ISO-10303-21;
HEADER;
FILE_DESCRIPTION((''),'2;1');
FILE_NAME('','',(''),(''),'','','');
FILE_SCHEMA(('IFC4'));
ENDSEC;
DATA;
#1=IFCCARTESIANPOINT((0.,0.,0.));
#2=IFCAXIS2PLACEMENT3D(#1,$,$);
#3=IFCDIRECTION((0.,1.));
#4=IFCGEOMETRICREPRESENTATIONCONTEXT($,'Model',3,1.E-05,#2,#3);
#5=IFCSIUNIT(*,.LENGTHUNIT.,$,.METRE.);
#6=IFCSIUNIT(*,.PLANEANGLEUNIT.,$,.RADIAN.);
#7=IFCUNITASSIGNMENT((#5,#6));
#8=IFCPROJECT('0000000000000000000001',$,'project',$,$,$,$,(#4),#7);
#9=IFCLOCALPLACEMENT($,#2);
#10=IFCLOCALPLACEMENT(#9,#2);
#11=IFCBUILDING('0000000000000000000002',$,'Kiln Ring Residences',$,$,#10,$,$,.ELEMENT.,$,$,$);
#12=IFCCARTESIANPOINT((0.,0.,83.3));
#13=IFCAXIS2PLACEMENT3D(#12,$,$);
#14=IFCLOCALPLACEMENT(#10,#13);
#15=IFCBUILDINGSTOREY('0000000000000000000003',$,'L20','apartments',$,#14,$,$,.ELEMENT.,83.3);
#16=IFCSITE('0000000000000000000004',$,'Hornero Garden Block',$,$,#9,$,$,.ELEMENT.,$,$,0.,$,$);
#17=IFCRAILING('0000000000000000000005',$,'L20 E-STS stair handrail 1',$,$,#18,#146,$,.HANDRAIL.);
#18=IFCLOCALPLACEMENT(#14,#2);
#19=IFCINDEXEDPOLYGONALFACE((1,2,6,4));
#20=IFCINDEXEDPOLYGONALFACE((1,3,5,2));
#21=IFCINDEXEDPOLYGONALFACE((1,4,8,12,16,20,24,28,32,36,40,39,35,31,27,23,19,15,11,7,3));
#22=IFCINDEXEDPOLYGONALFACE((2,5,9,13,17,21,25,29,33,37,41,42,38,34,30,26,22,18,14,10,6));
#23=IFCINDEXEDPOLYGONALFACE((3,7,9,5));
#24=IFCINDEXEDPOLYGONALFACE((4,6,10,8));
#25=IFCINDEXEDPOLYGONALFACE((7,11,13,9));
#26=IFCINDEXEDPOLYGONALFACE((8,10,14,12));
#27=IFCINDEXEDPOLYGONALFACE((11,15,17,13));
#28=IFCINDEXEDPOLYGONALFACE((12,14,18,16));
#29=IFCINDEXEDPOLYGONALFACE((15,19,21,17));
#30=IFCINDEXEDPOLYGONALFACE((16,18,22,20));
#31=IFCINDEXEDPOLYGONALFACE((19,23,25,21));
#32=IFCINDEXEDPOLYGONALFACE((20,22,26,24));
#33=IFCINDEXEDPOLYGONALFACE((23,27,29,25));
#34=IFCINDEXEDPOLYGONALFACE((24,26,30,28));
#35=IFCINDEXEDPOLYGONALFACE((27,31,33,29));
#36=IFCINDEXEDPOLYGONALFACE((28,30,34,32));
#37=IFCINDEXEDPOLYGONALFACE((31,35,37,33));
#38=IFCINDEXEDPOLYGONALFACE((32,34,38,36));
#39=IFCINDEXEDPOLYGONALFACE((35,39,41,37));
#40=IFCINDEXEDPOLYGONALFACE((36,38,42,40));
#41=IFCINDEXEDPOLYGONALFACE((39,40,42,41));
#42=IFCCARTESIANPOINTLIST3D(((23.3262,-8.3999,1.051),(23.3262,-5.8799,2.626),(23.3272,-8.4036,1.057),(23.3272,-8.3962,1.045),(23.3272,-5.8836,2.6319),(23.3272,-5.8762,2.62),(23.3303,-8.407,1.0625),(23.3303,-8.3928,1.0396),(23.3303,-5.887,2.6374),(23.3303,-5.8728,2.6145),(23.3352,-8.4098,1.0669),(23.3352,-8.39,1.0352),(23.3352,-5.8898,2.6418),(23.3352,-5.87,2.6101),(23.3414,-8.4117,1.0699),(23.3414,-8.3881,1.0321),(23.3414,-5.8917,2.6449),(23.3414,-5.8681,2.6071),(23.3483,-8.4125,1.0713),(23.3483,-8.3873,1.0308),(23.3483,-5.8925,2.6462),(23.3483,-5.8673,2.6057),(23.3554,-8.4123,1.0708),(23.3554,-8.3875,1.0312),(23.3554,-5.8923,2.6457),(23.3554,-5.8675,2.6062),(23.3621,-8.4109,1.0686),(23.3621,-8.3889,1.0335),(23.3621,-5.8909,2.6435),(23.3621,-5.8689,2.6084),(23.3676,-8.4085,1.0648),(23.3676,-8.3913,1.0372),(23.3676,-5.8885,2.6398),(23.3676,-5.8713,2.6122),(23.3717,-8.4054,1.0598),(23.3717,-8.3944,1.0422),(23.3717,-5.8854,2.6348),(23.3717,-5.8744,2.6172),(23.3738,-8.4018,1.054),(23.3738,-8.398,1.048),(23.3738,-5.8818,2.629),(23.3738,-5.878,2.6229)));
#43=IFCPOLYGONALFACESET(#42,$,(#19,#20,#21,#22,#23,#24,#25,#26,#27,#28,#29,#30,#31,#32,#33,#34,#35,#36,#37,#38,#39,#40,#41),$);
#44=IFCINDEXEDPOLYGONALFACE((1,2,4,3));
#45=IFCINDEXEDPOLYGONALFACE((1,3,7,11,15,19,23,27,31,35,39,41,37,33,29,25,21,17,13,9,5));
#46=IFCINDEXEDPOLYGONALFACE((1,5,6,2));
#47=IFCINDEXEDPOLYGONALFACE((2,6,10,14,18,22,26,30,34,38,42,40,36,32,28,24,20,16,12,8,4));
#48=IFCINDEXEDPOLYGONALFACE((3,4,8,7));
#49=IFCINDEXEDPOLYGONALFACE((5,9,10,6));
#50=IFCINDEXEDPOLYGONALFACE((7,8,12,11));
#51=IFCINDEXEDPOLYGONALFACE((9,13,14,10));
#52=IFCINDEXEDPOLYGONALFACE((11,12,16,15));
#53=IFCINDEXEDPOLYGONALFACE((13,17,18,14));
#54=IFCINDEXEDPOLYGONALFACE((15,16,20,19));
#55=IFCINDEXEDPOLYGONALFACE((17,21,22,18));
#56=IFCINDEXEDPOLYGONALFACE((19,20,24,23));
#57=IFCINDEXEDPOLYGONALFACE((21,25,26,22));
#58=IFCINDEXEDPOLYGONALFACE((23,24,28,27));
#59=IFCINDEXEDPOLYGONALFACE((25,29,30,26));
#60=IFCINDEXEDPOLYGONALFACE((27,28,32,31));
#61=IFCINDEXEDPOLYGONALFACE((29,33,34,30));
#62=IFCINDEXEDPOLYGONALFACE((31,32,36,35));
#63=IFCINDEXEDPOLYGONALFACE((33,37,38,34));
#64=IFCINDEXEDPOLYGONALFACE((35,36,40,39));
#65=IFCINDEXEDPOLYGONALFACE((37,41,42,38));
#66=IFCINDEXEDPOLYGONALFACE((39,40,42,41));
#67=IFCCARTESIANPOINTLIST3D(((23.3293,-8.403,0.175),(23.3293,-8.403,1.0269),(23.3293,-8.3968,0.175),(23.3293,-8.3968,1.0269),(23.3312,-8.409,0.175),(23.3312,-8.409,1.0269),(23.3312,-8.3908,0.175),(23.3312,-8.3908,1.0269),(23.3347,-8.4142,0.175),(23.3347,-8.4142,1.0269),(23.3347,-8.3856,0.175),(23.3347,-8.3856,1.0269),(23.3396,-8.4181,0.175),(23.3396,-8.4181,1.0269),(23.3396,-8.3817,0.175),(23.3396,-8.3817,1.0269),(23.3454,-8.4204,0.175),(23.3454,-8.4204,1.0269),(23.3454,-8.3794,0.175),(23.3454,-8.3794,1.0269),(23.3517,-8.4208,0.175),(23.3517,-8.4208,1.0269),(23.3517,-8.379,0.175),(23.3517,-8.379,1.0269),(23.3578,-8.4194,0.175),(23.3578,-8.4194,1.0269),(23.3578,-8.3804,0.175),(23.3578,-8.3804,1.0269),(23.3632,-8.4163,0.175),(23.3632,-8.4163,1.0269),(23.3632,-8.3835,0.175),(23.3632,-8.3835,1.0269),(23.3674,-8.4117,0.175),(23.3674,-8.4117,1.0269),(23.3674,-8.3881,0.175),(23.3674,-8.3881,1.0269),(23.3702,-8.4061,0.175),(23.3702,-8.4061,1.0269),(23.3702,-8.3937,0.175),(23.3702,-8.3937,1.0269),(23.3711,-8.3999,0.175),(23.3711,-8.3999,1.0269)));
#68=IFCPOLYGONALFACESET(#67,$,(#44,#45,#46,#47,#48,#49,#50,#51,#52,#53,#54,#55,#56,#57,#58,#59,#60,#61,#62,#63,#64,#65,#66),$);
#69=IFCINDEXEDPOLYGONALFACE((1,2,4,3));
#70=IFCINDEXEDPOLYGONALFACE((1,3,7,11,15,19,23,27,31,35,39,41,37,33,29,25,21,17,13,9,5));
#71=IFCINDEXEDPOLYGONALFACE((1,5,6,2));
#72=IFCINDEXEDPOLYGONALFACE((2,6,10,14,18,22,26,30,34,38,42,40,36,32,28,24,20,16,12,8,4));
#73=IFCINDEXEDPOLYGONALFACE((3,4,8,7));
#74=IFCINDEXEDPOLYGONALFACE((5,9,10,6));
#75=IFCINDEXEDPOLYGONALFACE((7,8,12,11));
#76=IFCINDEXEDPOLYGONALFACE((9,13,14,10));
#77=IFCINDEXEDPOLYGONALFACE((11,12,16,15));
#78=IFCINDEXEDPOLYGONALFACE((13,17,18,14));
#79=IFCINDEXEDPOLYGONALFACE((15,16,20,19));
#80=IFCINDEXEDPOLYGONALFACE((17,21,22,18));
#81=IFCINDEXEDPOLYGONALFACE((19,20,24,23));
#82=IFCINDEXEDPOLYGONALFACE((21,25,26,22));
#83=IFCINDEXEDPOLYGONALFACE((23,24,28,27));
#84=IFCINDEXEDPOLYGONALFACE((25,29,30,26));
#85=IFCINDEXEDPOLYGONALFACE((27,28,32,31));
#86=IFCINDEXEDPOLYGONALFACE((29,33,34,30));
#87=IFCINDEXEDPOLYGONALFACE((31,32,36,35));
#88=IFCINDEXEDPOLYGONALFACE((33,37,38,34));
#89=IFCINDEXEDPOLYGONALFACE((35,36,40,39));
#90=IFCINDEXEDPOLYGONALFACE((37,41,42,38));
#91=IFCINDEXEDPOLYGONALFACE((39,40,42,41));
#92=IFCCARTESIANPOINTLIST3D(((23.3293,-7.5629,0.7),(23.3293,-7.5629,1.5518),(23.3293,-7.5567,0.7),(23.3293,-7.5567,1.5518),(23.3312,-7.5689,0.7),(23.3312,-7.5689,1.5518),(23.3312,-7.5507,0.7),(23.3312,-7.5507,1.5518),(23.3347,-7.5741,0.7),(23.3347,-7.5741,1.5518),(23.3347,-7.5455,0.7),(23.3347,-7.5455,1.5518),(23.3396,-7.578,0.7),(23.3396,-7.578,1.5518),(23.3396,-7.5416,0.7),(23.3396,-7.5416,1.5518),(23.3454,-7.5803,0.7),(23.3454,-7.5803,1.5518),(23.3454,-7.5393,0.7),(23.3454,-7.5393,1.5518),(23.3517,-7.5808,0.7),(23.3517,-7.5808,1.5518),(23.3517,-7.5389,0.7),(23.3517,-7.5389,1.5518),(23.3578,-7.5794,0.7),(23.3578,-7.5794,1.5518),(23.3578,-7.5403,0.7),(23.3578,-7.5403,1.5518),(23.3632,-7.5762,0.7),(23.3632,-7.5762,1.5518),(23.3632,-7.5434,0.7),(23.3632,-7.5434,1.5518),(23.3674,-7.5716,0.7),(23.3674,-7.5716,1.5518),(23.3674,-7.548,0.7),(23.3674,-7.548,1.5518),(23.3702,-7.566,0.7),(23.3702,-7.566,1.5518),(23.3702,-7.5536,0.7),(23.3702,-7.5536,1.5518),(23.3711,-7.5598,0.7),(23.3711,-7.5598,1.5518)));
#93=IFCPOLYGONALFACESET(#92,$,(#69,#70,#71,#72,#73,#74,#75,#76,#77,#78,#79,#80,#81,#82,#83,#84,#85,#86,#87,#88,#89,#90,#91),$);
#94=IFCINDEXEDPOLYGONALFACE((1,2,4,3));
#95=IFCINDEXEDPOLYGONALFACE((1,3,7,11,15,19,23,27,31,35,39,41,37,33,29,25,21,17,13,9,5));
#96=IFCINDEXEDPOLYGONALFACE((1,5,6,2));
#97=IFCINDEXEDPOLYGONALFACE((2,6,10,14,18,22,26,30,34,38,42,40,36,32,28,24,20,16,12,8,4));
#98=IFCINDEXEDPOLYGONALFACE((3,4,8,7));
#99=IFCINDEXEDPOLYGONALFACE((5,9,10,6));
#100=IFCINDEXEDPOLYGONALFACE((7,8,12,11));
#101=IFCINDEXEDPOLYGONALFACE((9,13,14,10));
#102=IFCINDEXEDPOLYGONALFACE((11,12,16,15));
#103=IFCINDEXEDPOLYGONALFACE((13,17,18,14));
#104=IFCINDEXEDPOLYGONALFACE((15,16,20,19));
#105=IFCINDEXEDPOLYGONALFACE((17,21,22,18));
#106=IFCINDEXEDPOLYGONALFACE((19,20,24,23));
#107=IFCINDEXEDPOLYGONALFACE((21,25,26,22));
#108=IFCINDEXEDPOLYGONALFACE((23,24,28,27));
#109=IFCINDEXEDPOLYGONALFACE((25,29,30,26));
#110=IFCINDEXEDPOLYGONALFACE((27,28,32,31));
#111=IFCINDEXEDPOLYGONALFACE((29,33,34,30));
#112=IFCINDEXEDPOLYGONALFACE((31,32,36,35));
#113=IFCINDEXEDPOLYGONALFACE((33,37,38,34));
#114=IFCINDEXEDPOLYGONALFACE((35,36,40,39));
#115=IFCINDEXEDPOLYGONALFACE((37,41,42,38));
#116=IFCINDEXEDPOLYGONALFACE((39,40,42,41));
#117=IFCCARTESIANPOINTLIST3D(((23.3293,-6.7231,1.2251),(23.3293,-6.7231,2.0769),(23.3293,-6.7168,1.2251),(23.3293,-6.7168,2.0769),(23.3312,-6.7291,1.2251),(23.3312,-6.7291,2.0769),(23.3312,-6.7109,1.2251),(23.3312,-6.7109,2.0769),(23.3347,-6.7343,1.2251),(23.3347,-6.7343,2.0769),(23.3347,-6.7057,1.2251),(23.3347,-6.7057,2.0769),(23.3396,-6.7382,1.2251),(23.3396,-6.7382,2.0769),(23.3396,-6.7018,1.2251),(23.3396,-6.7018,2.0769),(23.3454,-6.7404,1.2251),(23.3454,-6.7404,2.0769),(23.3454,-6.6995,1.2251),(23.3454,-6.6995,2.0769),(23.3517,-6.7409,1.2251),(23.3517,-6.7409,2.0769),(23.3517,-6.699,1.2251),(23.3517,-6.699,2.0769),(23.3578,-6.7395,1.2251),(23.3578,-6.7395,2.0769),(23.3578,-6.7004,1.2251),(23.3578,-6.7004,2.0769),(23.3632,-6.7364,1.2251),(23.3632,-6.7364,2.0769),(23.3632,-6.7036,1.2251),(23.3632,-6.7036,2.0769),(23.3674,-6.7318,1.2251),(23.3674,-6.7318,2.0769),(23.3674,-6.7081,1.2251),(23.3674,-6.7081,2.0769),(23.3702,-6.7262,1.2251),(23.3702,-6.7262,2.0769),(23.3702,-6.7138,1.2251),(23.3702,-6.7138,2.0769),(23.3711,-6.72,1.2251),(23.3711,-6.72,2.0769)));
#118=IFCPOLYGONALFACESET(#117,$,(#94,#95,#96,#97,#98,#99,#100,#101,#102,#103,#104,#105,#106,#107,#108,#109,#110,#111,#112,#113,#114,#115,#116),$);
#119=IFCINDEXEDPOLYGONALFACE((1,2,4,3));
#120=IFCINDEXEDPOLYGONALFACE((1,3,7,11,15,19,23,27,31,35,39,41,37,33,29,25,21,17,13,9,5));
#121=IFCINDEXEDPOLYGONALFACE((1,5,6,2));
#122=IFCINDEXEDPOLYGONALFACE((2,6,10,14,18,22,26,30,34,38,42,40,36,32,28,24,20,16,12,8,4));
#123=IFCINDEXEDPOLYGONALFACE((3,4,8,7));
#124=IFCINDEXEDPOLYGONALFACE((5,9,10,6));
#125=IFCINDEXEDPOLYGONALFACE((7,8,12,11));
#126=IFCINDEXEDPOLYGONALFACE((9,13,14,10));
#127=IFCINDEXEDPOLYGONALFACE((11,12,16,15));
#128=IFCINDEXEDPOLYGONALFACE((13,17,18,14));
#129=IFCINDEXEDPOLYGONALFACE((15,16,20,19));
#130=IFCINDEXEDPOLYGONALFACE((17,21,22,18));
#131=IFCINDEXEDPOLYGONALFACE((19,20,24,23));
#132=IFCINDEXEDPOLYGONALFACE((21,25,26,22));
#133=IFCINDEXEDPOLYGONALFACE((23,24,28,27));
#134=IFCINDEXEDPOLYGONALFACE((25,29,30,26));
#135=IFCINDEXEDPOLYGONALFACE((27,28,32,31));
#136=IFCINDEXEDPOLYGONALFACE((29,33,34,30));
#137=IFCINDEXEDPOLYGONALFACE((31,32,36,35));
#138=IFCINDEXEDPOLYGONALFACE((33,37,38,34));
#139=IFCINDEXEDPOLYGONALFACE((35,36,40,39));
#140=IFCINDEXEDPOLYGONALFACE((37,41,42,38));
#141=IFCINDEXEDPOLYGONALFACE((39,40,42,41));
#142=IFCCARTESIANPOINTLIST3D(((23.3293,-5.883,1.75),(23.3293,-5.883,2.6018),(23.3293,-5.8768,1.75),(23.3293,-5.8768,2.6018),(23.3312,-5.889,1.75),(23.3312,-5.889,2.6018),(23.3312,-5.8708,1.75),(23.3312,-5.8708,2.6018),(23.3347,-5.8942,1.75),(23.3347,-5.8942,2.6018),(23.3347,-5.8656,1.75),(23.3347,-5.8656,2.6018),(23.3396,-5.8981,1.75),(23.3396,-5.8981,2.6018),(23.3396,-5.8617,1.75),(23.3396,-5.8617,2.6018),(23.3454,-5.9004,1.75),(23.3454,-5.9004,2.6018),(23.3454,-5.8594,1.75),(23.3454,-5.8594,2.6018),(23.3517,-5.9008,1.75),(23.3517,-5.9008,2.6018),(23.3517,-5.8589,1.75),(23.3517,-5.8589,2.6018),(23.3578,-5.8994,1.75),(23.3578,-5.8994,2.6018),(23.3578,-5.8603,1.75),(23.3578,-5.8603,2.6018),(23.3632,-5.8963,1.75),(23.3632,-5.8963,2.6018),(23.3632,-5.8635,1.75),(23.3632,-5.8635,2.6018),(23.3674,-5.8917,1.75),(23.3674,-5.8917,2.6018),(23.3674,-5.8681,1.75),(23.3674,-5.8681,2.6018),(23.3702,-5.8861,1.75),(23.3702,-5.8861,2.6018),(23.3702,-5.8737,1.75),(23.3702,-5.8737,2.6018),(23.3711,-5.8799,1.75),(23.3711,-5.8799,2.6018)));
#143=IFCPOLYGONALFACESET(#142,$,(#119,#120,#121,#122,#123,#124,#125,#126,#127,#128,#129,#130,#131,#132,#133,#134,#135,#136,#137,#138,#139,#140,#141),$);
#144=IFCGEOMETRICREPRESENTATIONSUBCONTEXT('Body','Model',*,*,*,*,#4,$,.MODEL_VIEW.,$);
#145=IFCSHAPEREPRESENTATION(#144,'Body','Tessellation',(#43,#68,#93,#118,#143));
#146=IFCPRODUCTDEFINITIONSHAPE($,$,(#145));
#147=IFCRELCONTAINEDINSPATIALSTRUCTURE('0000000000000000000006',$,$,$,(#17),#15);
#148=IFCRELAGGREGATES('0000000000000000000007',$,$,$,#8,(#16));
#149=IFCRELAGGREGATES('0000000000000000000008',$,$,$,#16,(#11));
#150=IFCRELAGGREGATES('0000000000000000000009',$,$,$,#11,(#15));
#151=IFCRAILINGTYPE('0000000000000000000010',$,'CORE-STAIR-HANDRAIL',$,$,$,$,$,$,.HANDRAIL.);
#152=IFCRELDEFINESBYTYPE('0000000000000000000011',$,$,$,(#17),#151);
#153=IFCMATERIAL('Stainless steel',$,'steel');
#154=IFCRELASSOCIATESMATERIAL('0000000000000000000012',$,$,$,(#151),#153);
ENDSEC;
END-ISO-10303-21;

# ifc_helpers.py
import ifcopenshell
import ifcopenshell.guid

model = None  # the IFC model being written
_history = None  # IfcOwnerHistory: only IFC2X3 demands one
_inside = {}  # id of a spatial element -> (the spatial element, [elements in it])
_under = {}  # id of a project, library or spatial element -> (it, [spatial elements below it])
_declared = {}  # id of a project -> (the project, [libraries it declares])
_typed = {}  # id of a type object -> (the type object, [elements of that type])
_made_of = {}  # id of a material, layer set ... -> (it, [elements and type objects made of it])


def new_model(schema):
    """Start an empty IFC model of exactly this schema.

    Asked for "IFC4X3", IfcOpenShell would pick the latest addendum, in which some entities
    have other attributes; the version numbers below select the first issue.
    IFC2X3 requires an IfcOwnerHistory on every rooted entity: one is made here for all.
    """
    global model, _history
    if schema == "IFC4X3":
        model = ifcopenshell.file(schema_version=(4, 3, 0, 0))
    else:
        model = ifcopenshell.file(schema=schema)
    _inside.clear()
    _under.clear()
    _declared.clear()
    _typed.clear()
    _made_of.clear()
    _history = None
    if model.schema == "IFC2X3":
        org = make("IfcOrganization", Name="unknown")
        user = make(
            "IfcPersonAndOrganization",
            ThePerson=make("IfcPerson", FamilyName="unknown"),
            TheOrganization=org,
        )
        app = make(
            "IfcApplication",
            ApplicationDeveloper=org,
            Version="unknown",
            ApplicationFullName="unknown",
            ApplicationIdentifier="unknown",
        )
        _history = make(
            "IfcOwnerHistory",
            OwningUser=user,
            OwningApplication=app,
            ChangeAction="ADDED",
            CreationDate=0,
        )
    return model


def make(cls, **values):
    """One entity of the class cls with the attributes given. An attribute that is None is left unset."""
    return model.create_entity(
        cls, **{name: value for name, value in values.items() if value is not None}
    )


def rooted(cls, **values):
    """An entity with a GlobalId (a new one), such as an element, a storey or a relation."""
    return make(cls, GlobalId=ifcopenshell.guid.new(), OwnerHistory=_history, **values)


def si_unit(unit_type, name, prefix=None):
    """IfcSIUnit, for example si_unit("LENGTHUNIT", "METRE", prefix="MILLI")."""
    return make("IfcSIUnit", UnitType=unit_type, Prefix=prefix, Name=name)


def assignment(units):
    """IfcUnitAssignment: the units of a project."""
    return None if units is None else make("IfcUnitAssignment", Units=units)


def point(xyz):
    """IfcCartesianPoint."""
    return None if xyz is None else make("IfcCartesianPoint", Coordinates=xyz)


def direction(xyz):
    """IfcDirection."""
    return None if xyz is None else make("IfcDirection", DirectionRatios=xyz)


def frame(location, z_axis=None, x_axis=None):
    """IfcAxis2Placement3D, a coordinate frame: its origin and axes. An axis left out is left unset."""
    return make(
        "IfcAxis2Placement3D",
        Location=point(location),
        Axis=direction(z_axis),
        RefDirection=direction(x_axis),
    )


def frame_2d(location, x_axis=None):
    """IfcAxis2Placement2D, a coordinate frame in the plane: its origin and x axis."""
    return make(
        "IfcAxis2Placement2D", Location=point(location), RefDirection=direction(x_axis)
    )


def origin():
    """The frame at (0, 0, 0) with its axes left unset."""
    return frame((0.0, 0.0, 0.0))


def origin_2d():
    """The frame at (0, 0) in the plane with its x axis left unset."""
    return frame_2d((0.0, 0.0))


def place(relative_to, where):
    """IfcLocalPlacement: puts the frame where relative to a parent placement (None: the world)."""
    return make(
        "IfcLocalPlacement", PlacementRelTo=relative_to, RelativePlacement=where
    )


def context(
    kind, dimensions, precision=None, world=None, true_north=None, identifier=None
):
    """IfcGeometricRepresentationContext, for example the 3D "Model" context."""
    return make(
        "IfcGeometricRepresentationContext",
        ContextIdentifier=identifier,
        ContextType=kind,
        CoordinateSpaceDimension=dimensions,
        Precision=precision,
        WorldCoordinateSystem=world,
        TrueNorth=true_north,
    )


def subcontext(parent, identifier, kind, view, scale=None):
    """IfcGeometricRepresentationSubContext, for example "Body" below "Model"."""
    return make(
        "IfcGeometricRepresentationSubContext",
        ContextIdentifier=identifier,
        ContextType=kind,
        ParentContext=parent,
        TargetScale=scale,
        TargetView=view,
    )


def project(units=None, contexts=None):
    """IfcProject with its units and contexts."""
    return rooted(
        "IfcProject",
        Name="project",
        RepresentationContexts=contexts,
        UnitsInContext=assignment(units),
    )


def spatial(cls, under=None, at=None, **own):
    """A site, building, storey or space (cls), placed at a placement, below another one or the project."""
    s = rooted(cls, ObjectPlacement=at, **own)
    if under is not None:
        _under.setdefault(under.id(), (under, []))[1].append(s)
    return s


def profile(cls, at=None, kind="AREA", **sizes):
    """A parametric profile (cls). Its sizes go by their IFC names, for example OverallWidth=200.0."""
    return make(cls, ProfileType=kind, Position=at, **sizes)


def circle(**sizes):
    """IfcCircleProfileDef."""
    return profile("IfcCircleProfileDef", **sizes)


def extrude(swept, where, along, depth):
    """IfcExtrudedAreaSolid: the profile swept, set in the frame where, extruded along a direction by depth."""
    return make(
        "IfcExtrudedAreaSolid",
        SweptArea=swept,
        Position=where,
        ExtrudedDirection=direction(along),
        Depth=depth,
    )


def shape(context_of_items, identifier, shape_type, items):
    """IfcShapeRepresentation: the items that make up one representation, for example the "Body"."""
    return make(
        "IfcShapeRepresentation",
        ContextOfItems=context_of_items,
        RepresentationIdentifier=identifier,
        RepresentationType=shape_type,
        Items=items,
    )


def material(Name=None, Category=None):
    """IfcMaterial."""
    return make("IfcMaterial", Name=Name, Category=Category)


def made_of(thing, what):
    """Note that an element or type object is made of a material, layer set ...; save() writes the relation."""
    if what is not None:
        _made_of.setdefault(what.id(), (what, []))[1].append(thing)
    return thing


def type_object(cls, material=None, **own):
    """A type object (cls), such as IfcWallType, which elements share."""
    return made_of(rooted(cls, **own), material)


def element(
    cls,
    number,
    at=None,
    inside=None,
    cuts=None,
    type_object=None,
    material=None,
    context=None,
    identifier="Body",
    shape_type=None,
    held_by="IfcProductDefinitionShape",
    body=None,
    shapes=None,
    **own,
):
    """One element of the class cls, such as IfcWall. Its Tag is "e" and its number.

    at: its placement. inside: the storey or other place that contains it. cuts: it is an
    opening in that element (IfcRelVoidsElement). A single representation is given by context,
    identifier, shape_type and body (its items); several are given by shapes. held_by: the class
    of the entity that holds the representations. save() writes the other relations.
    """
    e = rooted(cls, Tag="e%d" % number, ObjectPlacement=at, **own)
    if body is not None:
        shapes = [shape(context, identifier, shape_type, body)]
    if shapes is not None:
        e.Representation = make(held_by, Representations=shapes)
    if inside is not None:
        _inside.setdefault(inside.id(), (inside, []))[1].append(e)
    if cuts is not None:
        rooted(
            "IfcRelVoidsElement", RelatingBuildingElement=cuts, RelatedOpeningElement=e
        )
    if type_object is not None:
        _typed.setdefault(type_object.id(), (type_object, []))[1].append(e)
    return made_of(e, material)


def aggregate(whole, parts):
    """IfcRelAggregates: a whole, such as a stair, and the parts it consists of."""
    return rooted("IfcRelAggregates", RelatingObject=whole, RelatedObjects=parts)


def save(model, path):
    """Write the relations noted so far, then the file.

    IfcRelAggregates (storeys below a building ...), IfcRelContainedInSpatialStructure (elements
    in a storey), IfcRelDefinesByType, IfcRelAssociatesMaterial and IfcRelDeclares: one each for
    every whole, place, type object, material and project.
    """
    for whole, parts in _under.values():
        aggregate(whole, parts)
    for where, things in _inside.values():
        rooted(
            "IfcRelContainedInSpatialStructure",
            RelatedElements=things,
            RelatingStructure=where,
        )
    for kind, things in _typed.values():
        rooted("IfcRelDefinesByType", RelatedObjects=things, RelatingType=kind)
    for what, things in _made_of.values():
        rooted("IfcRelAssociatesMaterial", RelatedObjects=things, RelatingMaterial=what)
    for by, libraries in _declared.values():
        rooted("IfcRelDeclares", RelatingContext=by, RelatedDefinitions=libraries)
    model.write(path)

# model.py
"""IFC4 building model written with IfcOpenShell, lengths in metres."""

from ifc_helpers import new_model, si_unit, direction, frame, origin, origin_2d, place, context, subcontext, project, spatial, circle, extrude, material, type_object, element, save


model = new_model("IFC4")

# Units and contexts
model_context = context("Model", 3, precision=1e-05, world=origin(), true_north=direction((0.0, 1.0)))
body_context = subcontext(model_context, "Body", "Model", "MODEL_VIEW")
ifc_project = project(units=[si_unit("LENGTHUNIT", "METRE"), si_unit("PLANEANGLEUNIT", "RADIAN")], contexts=[model_context])

# Site, building, storey
site_placement = place(None, origin())
site = spatial("IfcSite", under=ifc_project, at=site_placement, Name="Hornero Garden Block", CompositionType="ELEMENT", RefElevation=0.0)
building_placement = place(site_placement, origin())
building = spatial("IfcBuilding", under=site, at=building_placement, Name="Kiln Ring Residences", CompositionType="ELEMENT")
storey_placement = place(building_placement, frame((0.0, 0.0, 83.3)))
storey = spatial("IfcBuildingStorey", under=building, at=storey_placement, Name="L20", Description="apartments", CompositionType="ELEMENT", Elevation=83.3)

# Railing
ifc_material_1 = material(Name="Stainless steel", Category="steel")
railing_type_1 = type_object("IfcRailingType", Name="CORE-STAIR-HANDRAIL", PredefinedType="HANDRAIL", material=ifc_material_1)
railing_1_placement = place(storey_placement, frame((23.3501, -8.3999, 0.175)))
element("IfcRailing", 1, at=railing_1_placement, inside=storey, type_object=railing_type_1, Name="L20 E-STS stair handrail 1", PredefinedType="HANDRAIL", context=body_context, shape_type="SweptSolid", body=[
    extrude(circle(Radius=0.0239, at=origin_2d()), frame((0.0, 0.0, 0.876), z_axis=(0.0, 0.848008, 0.529984), x_axis=(-1.0, 0.0, 0.0)), (0.0, 0.0, 1.0), 2.9717),
    extrude(circle(Radius=0.021, at=origin_2d()), origin(), (0.0, 0.0, 1.0), 0.8518),
    extrude(circle(Radius=0.021, at=origin_2d()), frame((0.0, 0.8401, 0.5249)), (0.0, 0.0, 1.0), 0.8518),
    extrude(circle(Radius=0.021, at=origin_2d()), frame((0.0, 1.6799, 1.05)), (0.0, 0.0, 1.0), 0.8518),
    extrude(circle(Radius=0.021, at=origin_2d()), frame((0.0, 2.52, 1.575)), (0.0, 0.0, 1.0), 0.8518),
])

save(model, "model.ifc")
